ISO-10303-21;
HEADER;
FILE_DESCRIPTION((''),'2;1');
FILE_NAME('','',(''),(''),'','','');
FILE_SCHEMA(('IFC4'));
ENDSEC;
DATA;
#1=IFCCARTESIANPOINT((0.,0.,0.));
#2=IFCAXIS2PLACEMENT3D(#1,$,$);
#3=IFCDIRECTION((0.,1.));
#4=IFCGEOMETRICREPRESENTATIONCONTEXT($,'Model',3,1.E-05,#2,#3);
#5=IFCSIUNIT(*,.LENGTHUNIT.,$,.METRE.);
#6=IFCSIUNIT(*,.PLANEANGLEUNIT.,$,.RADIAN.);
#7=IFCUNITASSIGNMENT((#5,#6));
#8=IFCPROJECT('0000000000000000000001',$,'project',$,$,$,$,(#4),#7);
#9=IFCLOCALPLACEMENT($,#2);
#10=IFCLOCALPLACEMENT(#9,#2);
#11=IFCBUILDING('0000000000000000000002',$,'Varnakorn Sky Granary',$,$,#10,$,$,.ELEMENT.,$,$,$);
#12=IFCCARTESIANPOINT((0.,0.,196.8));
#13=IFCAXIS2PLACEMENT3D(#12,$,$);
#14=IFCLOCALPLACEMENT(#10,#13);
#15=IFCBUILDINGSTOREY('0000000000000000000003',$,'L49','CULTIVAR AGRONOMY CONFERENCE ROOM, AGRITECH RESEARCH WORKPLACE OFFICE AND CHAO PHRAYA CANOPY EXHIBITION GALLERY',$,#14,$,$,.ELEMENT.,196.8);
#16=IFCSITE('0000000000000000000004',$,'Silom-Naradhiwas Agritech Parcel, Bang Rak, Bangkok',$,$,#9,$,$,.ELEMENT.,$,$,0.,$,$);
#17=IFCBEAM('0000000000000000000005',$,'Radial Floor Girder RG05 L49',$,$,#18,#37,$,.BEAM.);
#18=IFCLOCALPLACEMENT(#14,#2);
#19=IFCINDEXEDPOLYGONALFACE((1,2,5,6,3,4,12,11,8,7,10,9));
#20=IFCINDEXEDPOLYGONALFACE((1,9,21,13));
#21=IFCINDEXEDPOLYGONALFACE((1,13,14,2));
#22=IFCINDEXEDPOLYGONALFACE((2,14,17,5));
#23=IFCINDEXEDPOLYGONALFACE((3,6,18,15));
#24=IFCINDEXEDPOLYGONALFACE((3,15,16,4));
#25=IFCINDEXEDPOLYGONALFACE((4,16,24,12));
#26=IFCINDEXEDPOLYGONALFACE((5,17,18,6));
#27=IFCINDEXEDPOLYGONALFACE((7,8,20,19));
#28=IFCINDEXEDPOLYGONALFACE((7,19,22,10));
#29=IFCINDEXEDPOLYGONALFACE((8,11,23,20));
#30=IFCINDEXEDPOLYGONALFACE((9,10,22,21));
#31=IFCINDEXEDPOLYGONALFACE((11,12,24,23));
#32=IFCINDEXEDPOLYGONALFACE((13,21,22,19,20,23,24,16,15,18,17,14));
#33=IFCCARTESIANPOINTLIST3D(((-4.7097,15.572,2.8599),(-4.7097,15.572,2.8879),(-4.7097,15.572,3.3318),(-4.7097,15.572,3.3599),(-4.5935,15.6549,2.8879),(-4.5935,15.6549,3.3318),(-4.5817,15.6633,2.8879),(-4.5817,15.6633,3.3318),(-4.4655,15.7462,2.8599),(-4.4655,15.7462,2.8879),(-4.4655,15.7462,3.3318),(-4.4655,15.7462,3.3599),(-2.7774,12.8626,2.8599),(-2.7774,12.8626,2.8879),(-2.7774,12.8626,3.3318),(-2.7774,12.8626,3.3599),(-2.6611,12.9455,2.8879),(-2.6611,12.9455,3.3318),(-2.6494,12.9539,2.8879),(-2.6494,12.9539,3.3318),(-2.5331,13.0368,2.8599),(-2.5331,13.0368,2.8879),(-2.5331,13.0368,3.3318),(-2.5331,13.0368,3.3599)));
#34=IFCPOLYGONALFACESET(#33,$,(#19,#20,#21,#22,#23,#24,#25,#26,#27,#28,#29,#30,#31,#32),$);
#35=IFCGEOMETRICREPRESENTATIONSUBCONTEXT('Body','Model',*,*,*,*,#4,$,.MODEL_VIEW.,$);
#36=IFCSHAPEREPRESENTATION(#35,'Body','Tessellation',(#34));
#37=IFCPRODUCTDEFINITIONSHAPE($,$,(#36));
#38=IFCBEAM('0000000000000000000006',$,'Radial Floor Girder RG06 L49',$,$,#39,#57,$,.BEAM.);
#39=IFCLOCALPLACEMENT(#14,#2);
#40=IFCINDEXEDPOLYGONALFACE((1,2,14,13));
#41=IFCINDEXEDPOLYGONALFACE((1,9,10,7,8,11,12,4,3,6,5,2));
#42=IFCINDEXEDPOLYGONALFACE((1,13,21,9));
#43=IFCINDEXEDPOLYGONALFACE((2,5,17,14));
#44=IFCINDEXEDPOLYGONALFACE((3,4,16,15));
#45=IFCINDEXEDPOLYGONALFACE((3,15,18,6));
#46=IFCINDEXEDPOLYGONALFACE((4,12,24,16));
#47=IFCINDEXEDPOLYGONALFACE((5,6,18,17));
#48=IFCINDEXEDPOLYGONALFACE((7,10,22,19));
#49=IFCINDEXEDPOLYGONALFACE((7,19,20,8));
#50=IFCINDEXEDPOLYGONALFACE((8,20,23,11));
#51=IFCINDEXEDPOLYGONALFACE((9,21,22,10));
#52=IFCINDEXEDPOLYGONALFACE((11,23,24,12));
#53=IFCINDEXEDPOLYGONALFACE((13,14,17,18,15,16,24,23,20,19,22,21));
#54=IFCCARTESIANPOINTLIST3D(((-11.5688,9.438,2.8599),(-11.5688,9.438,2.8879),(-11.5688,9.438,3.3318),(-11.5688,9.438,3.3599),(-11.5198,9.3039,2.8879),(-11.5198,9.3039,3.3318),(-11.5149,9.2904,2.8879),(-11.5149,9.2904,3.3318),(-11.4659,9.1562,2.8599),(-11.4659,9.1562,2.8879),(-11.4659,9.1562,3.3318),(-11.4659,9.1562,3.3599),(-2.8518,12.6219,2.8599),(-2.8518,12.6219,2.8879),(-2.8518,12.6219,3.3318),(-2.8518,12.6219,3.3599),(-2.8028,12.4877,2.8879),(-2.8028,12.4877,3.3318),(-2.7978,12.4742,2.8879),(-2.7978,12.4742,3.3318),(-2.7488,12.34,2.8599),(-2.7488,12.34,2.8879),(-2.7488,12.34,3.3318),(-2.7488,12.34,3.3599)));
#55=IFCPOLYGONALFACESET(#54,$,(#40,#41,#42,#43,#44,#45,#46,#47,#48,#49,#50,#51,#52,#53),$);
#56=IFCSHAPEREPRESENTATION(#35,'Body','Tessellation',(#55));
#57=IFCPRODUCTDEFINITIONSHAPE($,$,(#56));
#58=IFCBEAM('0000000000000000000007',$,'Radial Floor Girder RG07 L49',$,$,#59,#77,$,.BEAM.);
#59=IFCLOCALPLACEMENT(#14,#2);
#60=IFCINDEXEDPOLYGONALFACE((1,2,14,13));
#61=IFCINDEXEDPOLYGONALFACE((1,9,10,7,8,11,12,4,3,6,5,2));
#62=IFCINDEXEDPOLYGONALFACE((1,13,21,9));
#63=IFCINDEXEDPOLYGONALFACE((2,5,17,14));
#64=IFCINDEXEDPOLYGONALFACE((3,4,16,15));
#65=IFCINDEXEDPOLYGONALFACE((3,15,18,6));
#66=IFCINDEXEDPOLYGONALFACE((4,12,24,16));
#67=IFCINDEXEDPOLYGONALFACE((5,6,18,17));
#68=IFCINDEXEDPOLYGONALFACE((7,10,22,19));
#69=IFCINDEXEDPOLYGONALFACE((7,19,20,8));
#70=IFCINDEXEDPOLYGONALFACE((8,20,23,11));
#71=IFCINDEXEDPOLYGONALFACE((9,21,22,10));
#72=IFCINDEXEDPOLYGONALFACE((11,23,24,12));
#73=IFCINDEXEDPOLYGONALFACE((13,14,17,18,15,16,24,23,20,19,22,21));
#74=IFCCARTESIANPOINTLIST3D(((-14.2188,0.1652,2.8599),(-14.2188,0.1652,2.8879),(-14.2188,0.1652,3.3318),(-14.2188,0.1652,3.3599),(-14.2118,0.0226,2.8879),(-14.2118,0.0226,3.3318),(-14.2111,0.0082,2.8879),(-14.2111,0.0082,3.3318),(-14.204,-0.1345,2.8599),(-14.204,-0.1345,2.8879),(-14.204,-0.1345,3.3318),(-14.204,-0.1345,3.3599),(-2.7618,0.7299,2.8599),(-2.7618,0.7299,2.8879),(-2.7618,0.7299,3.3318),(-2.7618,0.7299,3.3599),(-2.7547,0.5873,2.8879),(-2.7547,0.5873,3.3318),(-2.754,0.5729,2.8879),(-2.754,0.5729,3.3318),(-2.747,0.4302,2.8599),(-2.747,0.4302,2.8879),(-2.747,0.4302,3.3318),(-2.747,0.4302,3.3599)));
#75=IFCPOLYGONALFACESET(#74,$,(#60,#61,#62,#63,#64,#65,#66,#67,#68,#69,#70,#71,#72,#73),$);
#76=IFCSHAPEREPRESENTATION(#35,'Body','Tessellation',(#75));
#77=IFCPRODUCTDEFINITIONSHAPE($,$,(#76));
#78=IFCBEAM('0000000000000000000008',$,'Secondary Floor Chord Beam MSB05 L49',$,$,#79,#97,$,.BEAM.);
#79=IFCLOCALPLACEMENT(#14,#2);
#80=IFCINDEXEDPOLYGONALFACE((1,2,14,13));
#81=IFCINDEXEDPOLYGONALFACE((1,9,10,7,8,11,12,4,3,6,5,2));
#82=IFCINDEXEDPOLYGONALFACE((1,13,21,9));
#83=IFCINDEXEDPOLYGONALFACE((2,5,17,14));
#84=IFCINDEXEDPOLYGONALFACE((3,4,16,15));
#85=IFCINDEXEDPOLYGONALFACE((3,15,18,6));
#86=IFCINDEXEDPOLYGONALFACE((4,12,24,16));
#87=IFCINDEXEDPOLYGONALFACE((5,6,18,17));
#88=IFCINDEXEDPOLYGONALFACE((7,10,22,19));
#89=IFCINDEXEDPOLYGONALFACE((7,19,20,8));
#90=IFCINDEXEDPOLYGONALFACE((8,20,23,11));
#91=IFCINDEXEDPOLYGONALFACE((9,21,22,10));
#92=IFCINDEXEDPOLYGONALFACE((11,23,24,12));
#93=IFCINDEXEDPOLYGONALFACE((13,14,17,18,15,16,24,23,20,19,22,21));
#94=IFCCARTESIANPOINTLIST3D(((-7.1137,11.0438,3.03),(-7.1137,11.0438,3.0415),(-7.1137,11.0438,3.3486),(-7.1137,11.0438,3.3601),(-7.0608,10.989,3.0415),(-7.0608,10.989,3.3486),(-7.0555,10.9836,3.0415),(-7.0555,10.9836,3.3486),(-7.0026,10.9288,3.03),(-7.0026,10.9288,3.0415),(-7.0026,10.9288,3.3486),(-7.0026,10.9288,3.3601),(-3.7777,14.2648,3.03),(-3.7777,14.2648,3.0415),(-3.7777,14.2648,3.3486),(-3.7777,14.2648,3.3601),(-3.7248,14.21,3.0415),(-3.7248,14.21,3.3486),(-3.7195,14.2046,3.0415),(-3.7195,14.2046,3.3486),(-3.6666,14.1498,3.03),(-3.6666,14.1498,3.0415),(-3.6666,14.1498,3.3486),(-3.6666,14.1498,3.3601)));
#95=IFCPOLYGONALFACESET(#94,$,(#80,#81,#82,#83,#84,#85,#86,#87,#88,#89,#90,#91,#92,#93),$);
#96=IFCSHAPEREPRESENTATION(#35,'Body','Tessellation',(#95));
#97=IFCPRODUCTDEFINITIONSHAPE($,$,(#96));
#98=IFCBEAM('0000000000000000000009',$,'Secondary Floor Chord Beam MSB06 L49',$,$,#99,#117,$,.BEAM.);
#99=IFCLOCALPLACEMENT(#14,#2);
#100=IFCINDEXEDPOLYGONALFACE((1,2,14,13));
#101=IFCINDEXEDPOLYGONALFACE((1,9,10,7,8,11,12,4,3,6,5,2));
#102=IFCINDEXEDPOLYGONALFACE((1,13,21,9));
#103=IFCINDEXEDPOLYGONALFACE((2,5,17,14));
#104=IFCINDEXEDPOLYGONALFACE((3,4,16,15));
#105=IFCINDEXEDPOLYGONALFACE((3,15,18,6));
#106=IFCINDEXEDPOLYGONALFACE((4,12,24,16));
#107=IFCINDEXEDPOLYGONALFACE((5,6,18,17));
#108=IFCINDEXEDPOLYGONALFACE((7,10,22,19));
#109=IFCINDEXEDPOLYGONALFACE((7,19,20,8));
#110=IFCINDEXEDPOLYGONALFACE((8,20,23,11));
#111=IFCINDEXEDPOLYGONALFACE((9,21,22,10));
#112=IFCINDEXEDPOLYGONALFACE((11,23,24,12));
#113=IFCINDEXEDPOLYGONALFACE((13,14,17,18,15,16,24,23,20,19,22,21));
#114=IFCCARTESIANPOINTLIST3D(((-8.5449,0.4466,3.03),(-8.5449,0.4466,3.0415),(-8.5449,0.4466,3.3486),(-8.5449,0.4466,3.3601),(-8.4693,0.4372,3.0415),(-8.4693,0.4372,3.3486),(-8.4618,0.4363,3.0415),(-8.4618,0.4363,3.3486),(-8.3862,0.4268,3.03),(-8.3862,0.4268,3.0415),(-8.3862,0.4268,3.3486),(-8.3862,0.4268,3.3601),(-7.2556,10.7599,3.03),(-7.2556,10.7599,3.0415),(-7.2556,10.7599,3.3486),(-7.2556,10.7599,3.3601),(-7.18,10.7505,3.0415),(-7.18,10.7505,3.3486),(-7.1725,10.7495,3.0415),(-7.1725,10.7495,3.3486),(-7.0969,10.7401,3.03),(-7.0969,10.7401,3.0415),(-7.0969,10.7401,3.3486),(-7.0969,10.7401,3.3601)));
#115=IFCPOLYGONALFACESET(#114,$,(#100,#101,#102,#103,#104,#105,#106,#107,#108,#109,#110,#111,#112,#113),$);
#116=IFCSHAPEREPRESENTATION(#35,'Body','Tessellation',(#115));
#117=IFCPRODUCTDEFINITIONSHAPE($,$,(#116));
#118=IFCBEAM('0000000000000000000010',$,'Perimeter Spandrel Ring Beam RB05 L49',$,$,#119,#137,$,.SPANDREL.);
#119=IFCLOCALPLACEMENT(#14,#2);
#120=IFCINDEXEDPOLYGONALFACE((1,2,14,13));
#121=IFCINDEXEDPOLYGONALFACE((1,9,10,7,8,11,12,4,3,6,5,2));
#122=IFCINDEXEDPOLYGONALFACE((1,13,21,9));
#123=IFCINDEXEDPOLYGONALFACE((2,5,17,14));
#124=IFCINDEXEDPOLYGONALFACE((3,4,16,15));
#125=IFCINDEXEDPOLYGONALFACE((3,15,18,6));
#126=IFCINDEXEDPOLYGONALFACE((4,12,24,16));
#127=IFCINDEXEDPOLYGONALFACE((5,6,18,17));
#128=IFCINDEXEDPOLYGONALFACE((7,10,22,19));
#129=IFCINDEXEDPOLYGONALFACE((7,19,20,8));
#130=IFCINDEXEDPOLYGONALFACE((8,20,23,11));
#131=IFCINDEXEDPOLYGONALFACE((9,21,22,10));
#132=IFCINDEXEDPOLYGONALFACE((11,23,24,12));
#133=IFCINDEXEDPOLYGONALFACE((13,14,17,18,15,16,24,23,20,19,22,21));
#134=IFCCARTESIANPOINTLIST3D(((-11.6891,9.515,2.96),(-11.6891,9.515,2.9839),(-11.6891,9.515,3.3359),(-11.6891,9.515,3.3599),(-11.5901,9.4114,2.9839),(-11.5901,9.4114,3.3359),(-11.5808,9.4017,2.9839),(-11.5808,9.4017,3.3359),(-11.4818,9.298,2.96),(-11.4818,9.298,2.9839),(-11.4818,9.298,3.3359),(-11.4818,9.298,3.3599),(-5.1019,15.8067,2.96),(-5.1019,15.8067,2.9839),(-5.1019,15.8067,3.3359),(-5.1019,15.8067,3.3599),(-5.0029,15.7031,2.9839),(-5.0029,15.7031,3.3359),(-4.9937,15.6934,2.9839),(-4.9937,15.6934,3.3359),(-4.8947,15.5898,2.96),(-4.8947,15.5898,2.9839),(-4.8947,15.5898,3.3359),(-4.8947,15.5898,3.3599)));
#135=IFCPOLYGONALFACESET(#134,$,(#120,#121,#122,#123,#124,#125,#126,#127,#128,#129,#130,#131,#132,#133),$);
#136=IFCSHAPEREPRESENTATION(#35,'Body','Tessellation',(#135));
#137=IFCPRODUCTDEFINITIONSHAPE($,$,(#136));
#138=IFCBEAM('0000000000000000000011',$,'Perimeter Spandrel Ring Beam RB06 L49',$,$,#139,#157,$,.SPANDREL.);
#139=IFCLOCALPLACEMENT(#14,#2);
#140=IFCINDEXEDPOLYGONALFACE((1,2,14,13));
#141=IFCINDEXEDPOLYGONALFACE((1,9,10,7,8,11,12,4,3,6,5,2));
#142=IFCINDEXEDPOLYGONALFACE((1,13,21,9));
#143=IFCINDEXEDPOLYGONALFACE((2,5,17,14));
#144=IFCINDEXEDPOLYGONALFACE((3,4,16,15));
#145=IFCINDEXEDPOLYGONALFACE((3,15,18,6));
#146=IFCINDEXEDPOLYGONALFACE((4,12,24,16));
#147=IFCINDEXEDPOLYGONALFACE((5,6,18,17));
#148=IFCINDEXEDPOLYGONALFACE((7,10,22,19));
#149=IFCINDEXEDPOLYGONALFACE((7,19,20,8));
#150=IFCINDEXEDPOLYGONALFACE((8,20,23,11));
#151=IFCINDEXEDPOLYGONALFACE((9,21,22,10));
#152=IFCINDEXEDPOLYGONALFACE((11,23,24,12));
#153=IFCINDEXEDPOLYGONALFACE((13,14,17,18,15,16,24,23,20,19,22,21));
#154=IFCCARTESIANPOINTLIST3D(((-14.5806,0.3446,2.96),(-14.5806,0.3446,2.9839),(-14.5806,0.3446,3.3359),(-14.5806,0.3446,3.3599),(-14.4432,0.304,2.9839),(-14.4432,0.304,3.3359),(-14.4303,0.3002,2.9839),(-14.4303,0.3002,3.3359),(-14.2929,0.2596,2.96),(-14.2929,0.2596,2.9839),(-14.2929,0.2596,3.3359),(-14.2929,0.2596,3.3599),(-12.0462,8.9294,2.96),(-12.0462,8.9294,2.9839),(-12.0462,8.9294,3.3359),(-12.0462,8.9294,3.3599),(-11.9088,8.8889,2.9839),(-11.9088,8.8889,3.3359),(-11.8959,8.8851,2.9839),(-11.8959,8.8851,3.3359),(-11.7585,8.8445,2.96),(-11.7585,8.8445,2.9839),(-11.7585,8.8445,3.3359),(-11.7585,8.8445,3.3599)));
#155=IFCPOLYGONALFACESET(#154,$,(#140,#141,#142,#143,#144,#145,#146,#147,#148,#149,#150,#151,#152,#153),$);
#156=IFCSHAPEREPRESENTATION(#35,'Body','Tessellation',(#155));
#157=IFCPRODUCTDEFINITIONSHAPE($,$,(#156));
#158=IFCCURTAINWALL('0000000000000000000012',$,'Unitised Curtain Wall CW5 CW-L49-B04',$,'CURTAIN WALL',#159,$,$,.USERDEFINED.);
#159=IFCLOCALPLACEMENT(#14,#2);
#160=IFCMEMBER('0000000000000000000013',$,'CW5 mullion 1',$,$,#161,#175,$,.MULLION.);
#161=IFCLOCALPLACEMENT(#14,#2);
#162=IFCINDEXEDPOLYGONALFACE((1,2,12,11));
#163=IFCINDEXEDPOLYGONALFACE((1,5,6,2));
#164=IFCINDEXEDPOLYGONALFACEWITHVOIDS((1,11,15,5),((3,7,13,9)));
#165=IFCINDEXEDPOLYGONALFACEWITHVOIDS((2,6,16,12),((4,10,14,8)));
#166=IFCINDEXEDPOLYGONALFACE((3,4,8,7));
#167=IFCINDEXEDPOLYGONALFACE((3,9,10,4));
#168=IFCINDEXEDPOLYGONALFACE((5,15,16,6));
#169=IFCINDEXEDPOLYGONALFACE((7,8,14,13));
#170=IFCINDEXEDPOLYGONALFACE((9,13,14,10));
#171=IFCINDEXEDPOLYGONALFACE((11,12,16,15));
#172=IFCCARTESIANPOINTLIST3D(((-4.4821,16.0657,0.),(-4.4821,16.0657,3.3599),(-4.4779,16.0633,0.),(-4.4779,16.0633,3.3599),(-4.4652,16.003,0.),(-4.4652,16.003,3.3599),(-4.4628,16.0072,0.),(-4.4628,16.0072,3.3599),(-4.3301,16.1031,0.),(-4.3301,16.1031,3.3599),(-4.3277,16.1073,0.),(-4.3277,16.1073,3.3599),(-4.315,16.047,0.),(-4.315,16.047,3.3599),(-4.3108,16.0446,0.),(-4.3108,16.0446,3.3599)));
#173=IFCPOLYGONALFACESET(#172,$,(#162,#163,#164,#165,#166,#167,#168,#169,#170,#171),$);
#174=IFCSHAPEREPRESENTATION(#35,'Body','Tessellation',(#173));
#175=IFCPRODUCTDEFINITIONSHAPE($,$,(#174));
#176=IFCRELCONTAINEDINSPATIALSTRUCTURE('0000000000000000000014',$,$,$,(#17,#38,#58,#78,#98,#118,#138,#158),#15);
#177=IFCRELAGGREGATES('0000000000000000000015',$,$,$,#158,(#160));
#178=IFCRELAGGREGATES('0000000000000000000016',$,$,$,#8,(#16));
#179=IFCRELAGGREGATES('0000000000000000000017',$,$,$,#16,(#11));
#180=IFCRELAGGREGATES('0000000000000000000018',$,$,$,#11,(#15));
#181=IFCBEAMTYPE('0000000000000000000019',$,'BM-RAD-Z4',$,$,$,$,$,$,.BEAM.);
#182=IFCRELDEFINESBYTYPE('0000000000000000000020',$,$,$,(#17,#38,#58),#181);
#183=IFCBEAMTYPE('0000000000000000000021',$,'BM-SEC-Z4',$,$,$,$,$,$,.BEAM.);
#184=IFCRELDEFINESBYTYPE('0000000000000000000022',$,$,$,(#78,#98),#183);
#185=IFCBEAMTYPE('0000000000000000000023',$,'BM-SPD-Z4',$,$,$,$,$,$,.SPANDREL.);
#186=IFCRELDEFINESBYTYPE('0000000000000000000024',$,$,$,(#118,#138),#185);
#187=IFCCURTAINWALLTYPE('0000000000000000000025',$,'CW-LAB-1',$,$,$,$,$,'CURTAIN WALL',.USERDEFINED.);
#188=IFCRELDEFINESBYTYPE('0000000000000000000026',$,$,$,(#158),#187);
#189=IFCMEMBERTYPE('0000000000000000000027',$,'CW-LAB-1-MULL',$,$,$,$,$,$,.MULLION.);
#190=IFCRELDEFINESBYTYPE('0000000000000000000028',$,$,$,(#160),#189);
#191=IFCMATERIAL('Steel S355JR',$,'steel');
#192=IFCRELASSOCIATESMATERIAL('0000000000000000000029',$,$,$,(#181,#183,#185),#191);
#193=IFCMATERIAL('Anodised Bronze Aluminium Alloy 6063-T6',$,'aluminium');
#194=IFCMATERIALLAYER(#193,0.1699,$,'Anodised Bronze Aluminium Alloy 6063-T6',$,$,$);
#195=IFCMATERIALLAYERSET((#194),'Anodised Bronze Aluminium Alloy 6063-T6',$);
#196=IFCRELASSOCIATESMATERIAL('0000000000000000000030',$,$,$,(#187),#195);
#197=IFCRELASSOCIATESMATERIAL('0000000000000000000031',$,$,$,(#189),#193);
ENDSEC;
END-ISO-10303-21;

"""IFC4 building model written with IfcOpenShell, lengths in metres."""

from ifc_helpers import new_model, si_unit, direction, frame, origin, origin_2d, place, context, subcontext, project, spatial, hollow_rectangle, i_section, extrude, material, layer, layer_set, material_profile, profile_set, type_object, element, aggregate, save


model = new_model("IFC4")

# Units and contexts
model_context = context("Model", 3, precision=1e-05, world=origin(), true_north=direction((0.0, 1.0)))
body_context = subcontext(model_context, "Body", "Model", "MODEL_VIEW")
ifc_project = project(units=[si_unit("LENGTHUNIT", "METRE"), si_unit("PLANEANGLEUNIT", "RADIAN")], contexts=[model_context])

# Site, building, storey
site_placement = place(None, origin())
site = spatial("IfcSite", under=ifc_project, at=site_placement, Name="Silom-Naradhiwas Agritech Parcel, Bang Rak, Bangkok", CompositionType="ELEMENT", RefElevation=0.0)
building_placement = place(site_placement, origin())
building = spatial("IfcBuilding", under=site, at=building_placement, Name="Varnakorn Sky Granary", CompositionType="ELEMENT")
storey_placement = place(building_placement, frame((0.0, 0.0, 196.8)))
storey = spatial("IfcBuildingStorey", under=building, at=storey_placement, Name="L49", Description="CULTIVAR AGRONOMY CONFERENCE ROOM, AGRITECH RESEARCH WORKPLACE OFFICE AND CHAO PHRAYA CANOPY EXHIBITION GALLERY", CompositionType="ELEMENT", Elevation=196.8)

# Beams
ifc_material_1 = material(Name="Steel S355JR", Category="steel")
ifc_material_profile_1 = material_profile(ifc_material_1, i_section(OverallWidth=0.3, OverallDepth=0.5, WebThickness=0.0144, FlangeThickness=0.0281, at=origin_2d()), Name="HE 500 B")
ifc_profile_set_1 = profile_set([ifc_material_profile_1], Name="Steel S355JR")
beam_type_1 = type_object("IfcBeamType", Name="BM-RAD-Z4", PredefinedType="BEAM", material=ifc_profile_set_1)
beam_1_placement = place(storey_placement, frame((-2.6553, 12.9497, 3.1099), z_axis=(-0.580648, 0.814155, 0.0), x_axis=(-0.814155, -0.580648, 0.0)))
element("IfcBeam", 1, at=beam_1_placement, inside=storey, type_object=beam_type_1, Name="Radial Floor Girder RG05 L49", PredefinedType="BEAM", context=body_context, shape_type="SweptSolid", body=[
    extrude(i_section(OverallWidth=0.3, OverallDepth=0.5, WebThickness=0.0144, FlangeThickness=0.0281, at=origin_2d()), origin(), (0.0, 0.0, 1.0), 3.3279),
])
beam_2_placement = place(storey_placement, frame((-2.8003, 12.481, 3.1099), z_axis=(-0.939308, -0.343076, 0.0), x_axis=(0.343076, -0.939308, 0.0)))
element("IfcBeam", 2, at=beam_2_placement, inside=storey, type_object=beam_type_1, Name="Radial Floor Girder RG06 L49", PredefinedType="BEAM", context=body_context, shape_type="SweptSolid", body=[
    extrude(i_section(OverallWidth=0.3, OverallDepth=0.5, WebThickness=0.0144, FlangeThickness=0.0281, at=origin_2d()), origin(), (0.0, 0.0, 1.0), 9.2803),
])
beam_3_placement = place(storey_placement, frame((-2.7544, 0.5801, 3.1099), z_axis=(-0.998788, -0.049229, 0.0), x_axis=(0.049229, -0.998788, 0.0)))
element("IfcBeam", 3, at=beam_3_placement, inside=storey, type_object=beam_type_1, Name="Radial Floor Girder RG07 L49", PredefinedType="BEAM", context=body_context, shape_type="SweptSolid", body=[
    extrude(i_section(OverallWidth=0.3, OverallDepth=0.5, WebThickness=0.0144, FlangeThickness=0.0281, at=origin_2d()), origin(), (0.0, 0.0, 1.0), 11.4709),
])
ifc_material_profile_2 = material_profile(ifc_material_1, i_section(OverallWidth=0.1599, OverallDepth=0.3301, WebThickness=0.0076, FlangeThickness=0.0115, at=origin_2d()), Name="IPE 330")
ifc_profile_set_2 = profile_set([ifc_material_profile_2], Name="Steel S355JR")
beam_type_2 = type_object("IfcBeamType", Name="BM-SEC-Z4", PredefinedType="BEAM", material=ifc_profile_set_2)
beam_4_placement = place(storey_placement, frame((-3.7222, 14.2073, 3.1951), z_axis=(-0.719397, -0.694599, 0.0), x_axis=(0.694599, -0.719397, 0.0)))
element("IfcBeam", 4, at=beam_4_placement, inside=storey, type_object=beam_type_2, Name="Secondary Floor Chord Beam MSB05 L49", PredefinedType="BEAM", context=body_context, shape_type="SweptSolid", body=[
    extrude(i_section(OverallWidth=0.1599, OverallDepth=0.3301, WebThickness=0.0076, FlangeThickness=0.0115, at=origin_2d()), origin(), (0.0, 0.0, 1.0), 4.6372),
])
beam_5_placement = place(storey_placement, frame((-7.1763, 10.75, 3.1951), z_axis=(-0.124049, -0.992276, 0.0), x_axis=(0.992276, -0.124049, 0.0)))
element("IfcBeam", 5, at=beam_5_placement, inside=storey, type_object=beam_type_2, Name="Secondary Floor Chord Beam MSB06 L49", PredefinedType="BEAM", context=body_context, shape_type="SweptSolid", body=[
    extrude(i_section(OverallWidth=0.1599, OverallDepth=0.3301, WebThickness=0.0076, FlangeThickness=0.0115, at=origin_2d()), origin(), (0.0, 0.0, 1.0), 10.3936),
])
ifc_material_profile_3 = material_profile(ifc_material_1, i_section(OverallWidth=0.3, OverallDepth=0.3999, WebThickness=0.0134, FlangeThickness=0.0239, at=origin_2d()), Name="HE 400 B")
ifc_profile_set_3 = profile_set([ifc_material_profile_3], Name="Steel S355JR")
beam_type_3 = type_object("IfcBeamType", Name="BM-SPD-Z4", PredefinedType="SPANDREL", material=ifc_profile_set_3)
beam_6_placement = place(storey_placement, frame((-4.9983, 15.6982, 3.1599), z_axis=(-0.723136, -0.690706, 0.0), x_axis=(0.690706, -0.723136, 0.0)))
element("IfcBeam", 6, at=beam_6_placement, inside=storey, type_object=beam_type_3, Name="Perimeter Spandrel Ring Beam RB05 L49", PredefinedType="SPANDREL", context=body_context, shape_type="SweptSolid", body=[
    extrude(i_section(OverallWidth=0.3, OverallDepth=0.3999, WebThickness=0.0134, FlangeThickness=0.0239, at=origin_2d()), origin(), (0.0, 0.0, 1.0), 9.1091),
])
beam_7_placement = place(storey_placement, frame((-11.9023, 8.887, 3.1599), z_axis=(-0.283136, -0.95908, 0.0), x_axis=(0.95908, -0.283136, 0.0)))
element("IfcBeam", 7, at=beam_7_placement, inside=storey, type_object=beam_type_3, Name="Perimeter Spandrel Ring Beam RB06 L49", PredefinedType="SPANDREL", context=body_context, shape_type="SweptSolid", body=[
    extrude(i_section(OverallWidth=0.3, OverallDepth=0.3999, WebThickness=0.0134, FlangeThickness=0.0239, at=origin_2d()), origin(), (0.0, 0.0, 1.0), 8.9512),
])

# Curtain wall, member
ifc_material_2 = material(Name="Anodised Bronze Aluminium Alloy 6063-T6", Category="aluminium")
ifc_layer_1 = layer(ifc_material_2, 0.1699, Name="Anodised Bronze Aluminium Alloy 6063-T6")
ifc_layer_set_1 = layer_set([ifc_layer_1], Name="Anodised Bronze Aluminium Alloy 6063-T6")
curtain_wall_type = type_object("IfcCurtainWallType", Name="CW-LAB-1", ElementType="CURTAIN WALL", PredefinedType="USERDEFINED", material=ifc_layer_set_1)
curtain_wall_1_placement = place(storey_placement, origin())
curtain_wall_1 = element("IfcCurtainWall", 8, at=curtain_wall_1_placement, inside=storey, type_object=curtain_wall_type, Name="Unitised Curtain Wall CW5 CW-L49-B04", ObjectType="CURTAIN WALL", PredefinedType="USERDEFINED")
ifc_material_profile_4 = material_profile(ifc_material_2, hollow_rectangle(XDim=0.0649, YDim=0.1599, WallThickness=0.0034, at=origin_2d()), Name="ALU MULL 65x160")
ifc_profile_set_4 = profile_set([ifc_material_profile_4], Name="Anodised Bronze Aluminium Alloy 6063-T6")
member_type_1 = type_object("IfcMemberType", Name="CW-LAB-1-MULL", PredefinedType="MULLION", material=ifc_profile_set_4)
member_1_placement = place(storey_placement, frame((-4.3965, 16.0552, 0.0), z_axis=(0.0, 0.0, 1.0), x_axis=(-0.260196, 0.965556, 0.0)))
member_1 = element("IfcMember", 9, at=member_1_placement, type_object=member_type_1, Name="CW5 mullion 1", PredefinedType="MULLION", context=body_context, shape_type="SweptSolid", body=[
    extrude(hollow_rectangle(XDim=0.0649, YDim=0.1599, WallThickness=0.0034, at=origin_2d()), origin(), (0.0, 0.0, 1.0), 3.3599),
])

aggregate(curtain_wall_1, [member_1])

save(model, "model.ifc")
